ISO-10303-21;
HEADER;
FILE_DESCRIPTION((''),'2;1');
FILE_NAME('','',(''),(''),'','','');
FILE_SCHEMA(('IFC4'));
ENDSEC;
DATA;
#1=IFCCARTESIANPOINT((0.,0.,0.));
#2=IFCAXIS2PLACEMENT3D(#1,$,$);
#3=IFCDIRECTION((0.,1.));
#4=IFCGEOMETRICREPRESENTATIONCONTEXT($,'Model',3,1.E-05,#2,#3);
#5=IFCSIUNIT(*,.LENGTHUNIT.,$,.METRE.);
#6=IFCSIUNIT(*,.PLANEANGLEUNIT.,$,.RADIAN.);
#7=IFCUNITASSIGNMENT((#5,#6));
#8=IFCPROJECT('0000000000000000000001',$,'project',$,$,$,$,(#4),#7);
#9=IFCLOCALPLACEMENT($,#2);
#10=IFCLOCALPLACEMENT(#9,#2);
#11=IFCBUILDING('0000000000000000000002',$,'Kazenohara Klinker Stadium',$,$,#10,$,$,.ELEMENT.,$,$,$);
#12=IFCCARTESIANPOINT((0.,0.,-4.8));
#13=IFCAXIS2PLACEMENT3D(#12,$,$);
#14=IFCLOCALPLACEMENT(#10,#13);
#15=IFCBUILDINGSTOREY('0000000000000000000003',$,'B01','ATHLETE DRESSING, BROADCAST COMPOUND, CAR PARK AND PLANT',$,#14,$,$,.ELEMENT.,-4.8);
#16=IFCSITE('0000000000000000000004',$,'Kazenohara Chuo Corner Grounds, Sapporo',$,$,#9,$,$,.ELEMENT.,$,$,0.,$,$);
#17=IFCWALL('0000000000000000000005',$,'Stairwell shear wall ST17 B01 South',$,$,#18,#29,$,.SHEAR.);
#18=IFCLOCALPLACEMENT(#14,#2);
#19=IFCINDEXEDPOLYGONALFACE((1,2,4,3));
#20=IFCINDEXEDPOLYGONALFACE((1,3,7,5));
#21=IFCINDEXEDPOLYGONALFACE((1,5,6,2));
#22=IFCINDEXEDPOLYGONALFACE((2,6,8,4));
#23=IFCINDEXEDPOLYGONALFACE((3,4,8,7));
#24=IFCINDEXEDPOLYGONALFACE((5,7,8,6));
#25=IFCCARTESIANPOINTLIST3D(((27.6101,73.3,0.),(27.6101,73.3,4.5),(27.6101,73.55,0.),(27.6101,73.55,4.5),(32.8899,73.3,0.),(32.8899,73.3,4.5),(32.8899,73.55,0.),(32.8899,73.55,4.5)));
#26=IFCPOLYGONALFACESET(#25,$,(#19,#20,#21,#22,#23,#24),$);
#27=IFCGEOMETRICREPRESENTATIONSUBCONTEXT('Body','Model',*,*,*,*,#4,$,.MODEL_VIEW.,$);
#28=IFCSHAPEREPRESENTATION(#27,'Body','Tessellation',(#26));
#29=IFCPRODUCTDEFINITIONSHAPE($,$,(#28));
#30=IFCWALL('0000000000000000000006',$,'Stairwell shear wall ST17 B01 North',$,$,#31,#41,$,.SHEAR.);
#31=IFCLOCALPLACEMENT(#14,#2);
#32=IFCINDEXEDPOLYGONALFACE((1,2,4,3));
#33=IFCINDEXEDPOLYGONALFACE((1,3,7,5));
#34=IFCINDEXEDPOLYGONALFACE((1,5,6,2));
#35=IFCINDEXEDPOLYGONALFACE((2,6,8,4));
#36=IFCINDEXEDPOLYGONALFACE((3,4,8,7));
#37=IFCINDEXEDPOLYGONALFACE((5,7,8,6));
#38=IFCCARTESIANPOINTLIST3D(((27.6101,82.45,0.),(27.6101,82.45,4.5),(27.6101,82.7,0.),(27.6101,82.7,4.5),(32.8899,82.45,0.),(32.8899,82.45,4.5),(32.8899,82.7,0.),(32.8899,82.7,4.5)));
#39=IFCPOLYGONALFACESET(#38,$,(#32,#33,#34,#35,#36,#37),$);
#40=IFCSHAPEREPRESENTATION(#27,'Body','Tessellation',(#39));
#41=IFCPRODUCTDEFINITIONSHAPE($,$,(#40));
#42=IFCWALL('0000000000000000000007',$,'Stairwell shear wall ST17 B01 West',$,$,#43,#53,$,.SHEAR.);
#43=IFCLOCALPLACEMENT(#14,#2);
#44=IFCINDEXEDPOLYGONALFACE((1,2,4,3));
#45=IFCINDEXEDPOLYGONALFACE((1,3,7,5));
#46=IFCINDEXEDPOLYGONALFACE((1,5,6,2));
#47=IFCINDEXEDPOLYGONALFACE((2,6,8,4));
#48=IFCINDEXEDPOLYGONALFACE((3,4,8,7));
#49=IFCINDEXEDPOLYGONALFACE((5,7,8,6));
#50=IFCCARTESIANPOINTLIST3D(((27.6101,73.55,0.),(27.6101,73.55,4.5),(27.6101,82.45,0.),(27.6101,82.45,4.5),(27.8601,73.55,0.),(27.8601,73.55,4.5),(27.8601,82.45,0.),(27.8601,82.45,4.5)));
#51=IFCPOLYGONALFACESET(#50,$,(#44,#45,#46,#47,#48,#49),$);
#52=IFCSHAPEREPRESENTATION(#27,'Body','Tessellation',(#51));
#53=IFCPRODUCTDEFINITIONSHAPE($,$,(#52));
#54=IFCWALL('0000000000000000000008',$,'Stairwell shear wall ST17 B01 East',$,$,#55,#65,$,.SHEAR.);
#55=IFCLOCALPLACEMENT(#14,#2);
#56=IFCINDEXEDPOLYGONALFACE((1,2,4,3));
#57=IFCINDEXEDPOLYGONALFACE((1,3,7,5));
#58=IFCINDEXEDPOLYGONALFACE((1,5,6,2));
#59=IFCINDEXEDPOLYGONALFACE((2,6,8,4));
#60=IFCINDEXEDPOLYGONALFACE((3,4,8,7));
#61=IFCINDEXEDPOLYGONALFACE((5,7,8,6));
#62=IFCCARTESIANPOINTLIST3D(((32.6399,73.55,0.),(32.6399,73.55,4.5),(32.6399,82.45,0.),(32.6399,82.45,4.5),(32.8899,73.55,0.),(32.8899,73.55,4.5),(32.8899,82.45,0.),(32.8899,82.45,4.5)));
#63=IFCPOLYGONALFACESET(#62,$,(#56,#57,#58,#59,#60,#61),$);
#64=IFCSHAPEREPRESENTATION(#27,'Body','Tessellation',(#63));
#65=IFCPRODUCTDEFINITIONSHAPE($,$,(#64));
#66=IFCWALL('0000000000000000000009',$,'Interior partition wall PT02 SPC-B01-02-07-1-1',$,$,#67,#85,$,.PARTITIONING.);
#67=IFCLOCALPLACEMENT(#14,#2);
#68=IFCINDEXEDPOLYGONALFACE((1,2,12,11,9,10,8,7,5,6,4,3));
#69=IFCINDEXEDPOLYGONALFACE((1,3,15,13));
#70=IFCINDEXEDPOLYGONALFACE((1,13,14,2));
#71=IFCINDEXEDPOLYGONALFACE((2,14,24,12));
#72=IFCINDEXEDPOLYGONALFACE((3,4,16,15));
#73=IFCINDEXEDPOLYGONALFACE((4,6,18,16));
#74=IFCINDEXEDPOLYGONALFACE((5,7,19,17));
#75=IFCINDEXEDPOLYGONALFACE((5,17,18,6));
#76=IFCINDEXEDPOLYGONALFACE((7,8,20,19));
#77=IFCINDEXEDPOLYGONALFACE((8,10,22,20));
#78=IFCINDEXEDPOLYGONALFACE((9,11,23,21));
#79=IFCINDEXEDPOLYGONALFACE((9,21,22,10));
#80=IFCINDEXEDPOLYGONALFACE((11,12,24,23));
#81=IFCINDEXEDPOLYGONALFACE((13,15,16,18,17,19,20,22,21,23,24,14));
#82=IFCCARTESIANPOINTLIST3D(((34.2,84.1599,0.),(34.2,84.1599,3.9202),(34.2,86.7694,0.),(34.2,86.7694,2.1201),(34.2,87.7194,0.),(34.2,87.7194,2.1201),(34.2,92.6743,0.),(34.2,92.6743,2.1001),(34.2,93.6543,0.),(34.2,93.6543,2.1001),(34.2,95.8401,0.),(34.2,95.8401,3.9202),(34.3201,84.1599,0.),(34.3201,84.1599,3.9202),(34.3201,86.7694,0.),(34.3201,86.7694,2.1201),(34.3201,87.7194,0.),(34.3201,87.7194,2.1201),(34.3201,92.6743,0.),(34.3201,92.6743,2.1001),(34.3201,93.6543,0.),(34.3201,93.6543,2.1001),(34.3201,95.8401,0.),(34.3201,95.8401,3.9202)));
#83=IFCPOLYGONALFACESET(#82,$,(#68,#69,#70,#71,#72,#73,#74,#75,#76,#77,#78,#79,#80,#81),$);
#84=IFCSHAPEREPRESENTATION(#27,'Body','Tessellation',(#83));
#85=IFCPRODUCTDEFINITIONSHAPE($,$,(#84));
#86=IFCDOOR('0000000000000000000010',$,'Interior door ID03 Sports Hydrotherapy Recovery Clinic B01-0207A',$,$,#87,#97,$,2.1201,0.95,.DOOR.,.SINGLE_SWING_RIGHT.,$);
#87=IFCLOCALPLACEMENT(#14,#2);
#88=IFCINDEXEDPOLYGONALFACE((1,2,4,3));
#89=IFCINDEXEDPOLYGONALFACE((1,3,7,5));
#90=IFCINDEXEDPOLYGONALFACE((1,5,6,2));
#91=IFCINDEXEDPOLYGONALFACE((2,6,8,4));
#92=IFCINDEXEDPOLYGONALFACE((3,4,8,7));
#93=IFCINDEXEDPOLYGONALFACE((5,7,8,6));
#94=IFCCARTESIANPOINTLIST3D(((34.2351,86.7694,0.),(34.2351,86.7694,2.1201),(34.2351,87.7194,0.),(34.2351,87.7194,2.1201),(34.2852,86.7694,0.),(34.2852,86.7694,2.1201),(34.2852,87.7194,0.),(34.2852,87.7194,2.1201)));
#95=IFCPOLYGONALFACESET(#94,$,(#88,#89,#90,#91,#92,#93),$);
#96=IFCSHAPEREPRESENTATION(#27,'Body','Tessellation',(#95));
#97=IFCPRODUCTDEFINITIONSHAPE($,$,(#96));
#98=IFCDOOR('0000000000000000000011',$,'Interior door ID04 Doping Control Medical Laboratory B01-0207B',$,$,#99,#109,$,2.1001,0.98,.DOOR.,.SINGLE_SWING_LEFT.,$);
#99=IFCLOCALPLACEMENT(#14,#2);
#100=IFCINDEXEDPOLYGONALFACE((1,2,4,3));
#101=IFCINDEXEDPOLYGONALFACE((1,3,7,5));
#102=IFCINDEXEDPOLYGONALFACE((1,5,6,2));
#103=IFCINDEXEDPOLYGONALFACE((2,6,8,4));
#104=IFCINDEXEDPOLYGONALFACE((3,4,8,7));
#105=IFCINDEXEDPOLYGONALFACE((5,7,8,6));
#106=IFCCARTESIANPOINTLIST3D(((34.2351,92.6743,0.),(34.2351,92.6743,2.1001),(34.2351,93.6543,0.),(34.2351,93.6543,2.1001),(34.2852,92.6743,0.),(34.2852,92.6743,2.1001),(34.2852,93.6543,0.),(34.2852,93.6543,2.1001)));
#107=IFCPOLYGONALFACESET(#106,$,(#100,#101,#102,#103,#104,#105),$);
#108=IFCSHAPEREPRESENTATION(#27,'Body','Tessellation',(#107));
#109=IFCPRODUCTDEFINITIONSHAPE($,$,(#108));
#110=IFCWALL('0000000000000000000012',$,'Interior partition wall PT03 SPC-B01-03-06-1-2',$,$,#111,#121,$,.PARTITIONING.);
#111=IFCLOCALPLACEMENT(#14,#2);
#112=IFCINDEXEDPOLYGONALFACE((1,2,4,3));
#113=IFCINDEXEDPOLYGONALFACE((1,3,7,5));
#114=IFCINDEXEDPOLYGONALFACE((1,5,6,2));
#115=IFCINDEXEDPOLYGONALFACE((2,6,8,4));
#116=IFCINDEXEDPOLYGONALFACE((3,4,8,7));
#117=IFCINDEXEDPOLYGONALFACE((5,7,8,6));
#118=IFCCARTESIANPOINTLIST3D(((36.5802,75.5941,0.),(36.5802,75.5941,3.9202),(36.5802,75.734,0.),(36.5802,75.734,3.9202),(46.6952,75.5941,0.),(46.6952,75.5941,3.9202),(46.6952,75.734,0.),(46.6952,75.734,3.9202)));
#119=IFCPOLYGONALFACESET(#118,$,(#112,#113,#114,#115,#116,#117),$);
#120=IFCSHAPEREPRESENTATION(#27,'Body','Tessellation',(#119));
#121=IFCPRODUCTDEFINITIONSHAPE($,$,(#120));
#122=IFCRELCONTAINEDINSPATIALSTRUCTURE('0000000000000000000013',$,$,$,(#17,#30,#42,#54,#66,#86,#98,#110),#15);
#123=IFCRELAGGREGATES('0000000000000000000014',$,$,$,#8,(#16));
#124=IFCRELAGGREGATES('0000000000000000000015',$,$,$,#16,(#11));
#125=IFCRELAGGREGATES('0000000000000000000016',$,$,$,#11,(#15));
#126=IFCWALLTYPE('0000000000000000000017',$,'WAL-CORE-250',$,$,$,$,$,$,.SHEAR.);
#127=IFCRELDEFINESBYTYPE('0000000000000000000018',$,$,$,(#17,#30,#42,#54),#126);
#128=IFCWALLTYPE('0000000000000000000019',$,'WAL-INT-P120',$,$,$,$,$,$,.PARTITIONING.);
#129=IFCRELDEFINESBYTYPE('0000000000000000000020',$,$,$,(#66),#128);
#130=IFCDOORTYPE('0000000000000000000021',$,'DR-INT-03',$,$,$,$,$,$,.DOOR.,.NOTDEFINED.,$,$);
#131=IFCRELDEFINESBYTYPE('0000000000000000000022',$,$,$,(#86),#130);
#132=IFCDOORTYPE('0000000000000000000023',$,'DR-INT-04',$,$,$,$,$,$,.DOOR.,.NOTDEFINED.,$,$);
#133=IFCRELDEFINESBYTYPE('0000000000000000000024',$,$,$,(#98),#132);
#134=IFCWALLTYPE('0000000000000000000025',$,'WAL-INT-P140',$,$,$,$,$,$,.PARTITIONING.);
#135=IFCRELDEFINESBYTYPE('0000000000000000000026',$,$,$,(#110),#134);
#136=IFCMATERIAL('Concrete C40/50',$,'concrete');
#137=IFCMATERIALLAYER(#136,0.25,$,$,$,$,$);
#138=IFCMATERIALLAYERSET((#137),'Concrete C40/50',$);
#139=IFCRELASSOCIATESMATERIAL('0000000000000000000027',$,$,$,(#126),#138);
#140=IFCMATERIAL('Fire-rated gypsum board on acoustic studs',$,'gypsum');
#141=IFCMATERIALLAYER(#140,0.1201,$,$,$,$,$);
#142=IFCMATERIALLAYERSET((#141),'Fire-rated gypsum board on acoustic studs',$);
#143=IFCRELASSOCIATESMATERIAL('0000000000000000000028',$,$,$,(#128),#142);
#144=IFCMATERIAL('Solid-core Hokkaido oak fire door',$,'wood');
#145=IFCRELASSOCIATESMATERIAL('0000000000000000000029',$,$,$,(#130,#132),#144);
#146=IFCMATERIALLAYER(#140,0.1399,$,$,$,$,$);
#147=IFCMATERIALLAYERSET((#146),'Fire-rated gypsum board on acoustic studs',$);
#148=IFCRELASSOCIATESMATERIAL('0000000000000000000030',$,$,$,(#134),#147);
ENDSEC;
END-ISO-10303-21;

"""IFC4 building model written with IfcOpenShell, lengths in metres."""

from ifc_helpers import new_model, si_unit, direction, frame, frame_2d, origin, place, context, subcontext, project, spatial, rectangle, extrude, material, layer, layer_set, type_object, element, fill, save


model = new_model("IFC4")

# Units and contexts
model_context = context("Model", 3, precision=1e-05, world=origin(), true_north=direction((0.0, 1.0)))
body_context = subcontext(model_context, "Body", "Model", "MODEL_VIEW")
ifc_project = project(units=[si_unit("LENGTHUNIT", "METRE"), si_unit("PLANEANGLEUNIT", "RADIAN")], contexts=[model_context])

# Site, building, storey
site_placement = place(None, origin())
site = spatial("IfcSite", under=ifc_project, at=site_placement, Name="Kazenohara Chuo Corner Grounds, Sapporo", CompositionType="ELEMENT", RefElevation=0.0)
building_placement = place(site_placement, origin())
building = spatial("IfcBuilding", under=site, at=building_placement, Name="Kazenohara Klinker Stadium", CompositionType="ELEMENT")
storey_placement = place(building_placement, frame((0.0, 0.0, -4.8)))
storey = spatial("IfcBuildingStorey", under=building, at=storey_placement, Name="B01", Description="ATHLETE DRESSING, BROADCAST COMPOUND, CAR PARK AND PLANT", CompositionType="ELEMENT", Elevation=-4.8)

# Shared definitions
ifc_material_1 = material(Name="Concrete C40/50", Category="concrete")

# Walls
ifc_layer_1 = layer(ifc_material_1, 0.25)
ifc_layer_set_1 = layer_set([ifc_layer_1], Name="Concrete C40/50")
wall_type_1 = type_object("IfcWallType", Name="WAL-CORE-250", PredefinedType="SHEAR", material=ifc_layer_set_1)
for number, where, z_axis, x_axis, name in (
    (1, (27.6101, 73.425, 0.0), (0.0, 0.0, 1.0), (1.0, 0.0, 0.0), "Stairwell shear wall ST17 B01 South"),
    (2, (27.6101, 82.575, 0.0), (0.0, 0.0, 1.0), (1.0, 0.0, 0.0), "Stairwell shear wall ST17 B01 North"),
):
    element("IfcWall", number, at=place(storey_placement, frame(where, z_axis=z_axis, x_axis=x_axis)), inside=storey, type_object=wall_type_1, Name=name, PredefinedType="SHEAR", context=body_context, shape_type="SweptSolid", body=[
        extrude(rectangle(XDim=5.2798, YDim=0.25, at=frame_2d((2.6399, 0.0))), origin(), (0.0, 0.0, 1.0), 4.5),
    ])
for number, where, z_axis, x_axis, name in (
    (3, (27.7351, 73.55, 0.0), (0.0, 0.0, 1.0), (0.0, 1.0, 0.0), "Stairwell shear wall ST17 B01 West"),
    (4, (32.7649, 73.55, 0.0), (0.0, 0.0, 1.0), (0.0, 1.0, 0.0), "Stairwell shear wall ST17 B01 East"),
):
    element("IfcWall", number, at=place(storey_placement, frame(where, z_axis=z_axis, x_axis=x_axis)), inside=storey, type_object=wall_type_1, Name=name, PredefinedType="SHEAR", context=body_context, shape_type="SweptSolid", body=[
        extrude(rectangle(XDim=8.8999, YDim=0.25, at=frame_2d((4.45, 0.0))), origin(), (0.0, 0.0, 1.0), 4.5),
    ])

# Wall, openings, doors
ifc_material_2 = material(Name="Fire-rated gypsum board on acoustic studs", Category="gypsum")
ifc_layer_2 = layer(ifc_material_2, 0.1201)
ifc_layer_set_2 = layer_set([ifc_layer_2], Name="Fire-rated gypsum board on acoustic studs")
wall_type_2 = type_object("IfcWallType", Name="WAL-INT-P120", PredefinedType="PARTITIONING", material=ifc_layer_set_2)
wall_1_placement = place(storey_placement, frame((34.26, 84.1599, 0.0), z_axis=(0.0, 0.0, 1.0), x_axis=(0.0, 1.0, 0.0)))
wall_1 = element("IfcWall", 5, at=wall_1_placement, inside=storey, type_object=wall_type_2, Name="Interior partition wall PT02 SPC-B01-02-07-1-1", PredefinedType="PARTITIONING", context=body_context, shape_type="SweptSolid", body=[
    extrude(rectangle(XDim=11.6802, YDim=0.1201, at=frame_2d((5.8401, 0.0))), origin(), (0.0, 0.0, 1.0), 3.9202),
])
opening_1_placement = place(wall_1_placement, frame((2.6094, 0.0, 0.0)))
opening_1 = element("IfcOpeningElement", 6, at=opening_1_placement, cuts=wall_1, PredefinedType="OPENING", context=body_context, shape_type="SweptSolid", body=[
    extrude(rectangle(XDim=0.95, YDim=2.1201, at=frame_2d((0.4751, 1.0601))), frame((0.0, 0.0701, 0.0), z_axis=(0.0, -1.0, 0.0), x_axis=(1.0, 0.0, 0.0)), (0.0, 0.0, 1.0), 0.1401),
])
opening_2_placement = place(wall_1_placement, frame((8.5144, 0.0, 0.0)))
opening_2 = element("IfcOpeningElement", 7, at=opening_2_placement, cuts=wall_1, PredefinedType="OPENING", context=body_context, shape_type="SweptSolid", body=[
    extrude(rectangle(XDim=0.98, YDim=2.1001, at=frame_2d((0.49, 1.05))), frame((0.0, 0.0701, 0.0), z_axis=(0.0, -1.0, 0.0), x_axis=(1.0, 0.0, 0.0)), (0.0, 0.0, 1.0), 0.1401),
])
ifc_material_3 = material(Name="Solid-core Hokkaido oak fire door", Category="wood")
door_type_1 = type_object("IfcDoorType", Name="DR-INT-03", OperationType="NOTDEFINED", PredefinedType="DOOR", material=ifc_material_3)
door_1_placement = place(opening_1_placement, origin())
door_1 = element("IfcDoor", 8, at=door_1_placement, inside=storey, type_object=door_type_1, Name="Interior door ID03 Sports Hydrotherapy Recovery Clinic B01-0207A", OperationType="SINGLE_SWING_RIGHT", OverallHeight=2.1201, OverallWidth=0.95, PredefinedType="DOOR", context=body_context, shape_type="SweptSolid", body=[
    extrude(rectangle(XDim=0.95, YDim=2.1201, at=frame_2d((0.4751, 1.0601))), frame((0.0, 0.0249, 0.0), z_axis=(0.0, -1.0, 0.0), x_axis=(1.0, 0.0, 0.0)), (0.0, 0.0, 1.0), 0.05),
])
fill(opening_1, door_1)
door_type_2 = type_object("IfcDoorType", Name="DR-INT-04", OperationType="NOTDEFINED", PredefinedType="DOOR", material=ifc_material_3)
door_2_placement = place(opening_2_placement, origin())
door_2 = element("IfcDoor", 9, at=door_2_placement, inside=storey, type_object=door_type_2, Name="Interior door ID04 Doping Control Medical Laboratory B01-0207B", OperationType="SINGLE_SWING_LEFT", OverallHeight=2.1001, OverallWidth=0.98, PredefinedType="DOOR", context=body_context, shape_type="SweptSolid", body=[
    extrude(rectangle(XDim=0.98, YDim=2.1001, at=frame_2d((0.49, 1.05))), frame((0.0, 0.0249, 0.0), z_axis=(0.0, -1.0, 0.0), x_axis=(1.0, 0.0, 0.0)), (0.0, 0.0, 1.0), 0.05),
])
fill(opening_2, door_2)

# Wall
ifc_layer_3 = layer(ifc_material_2, 0.1399)
ifc_layer_set_3 = layer_set([ifc_layer_3], Name="Fire-rated gypsum board on acoustic studs")
wall_type_3 = type_object("IfcWallType", Name="WAL-INT-P140", PredefinedType="PARTITIONING", material=ifc_layer_set_3)
wall_2_placement = place(storey_placement, frame((36.5801, 75.6641, 0.0), z_axis=(0.0, 0.0, 1.0), x_axis=(1.0, 0.0, 0.0)))
element("IfcWall", 10, at=wall_2_placement, inside=storey, type_object=wall_type_3, Name="Interior partition wall PT03 SPC-B01-03-06-1-2", PredefinedType="PARTITIONING", context=body_context, shape_type="SweptSolid", body=[
    extrude(rectangle(XDim=10.115, YDim=0.1399, at=frame_2d((5.0576, 0.0))), origin(), (0.0, 0.0, 1.0), 3.9202),
])

save(model, "model.ifc")
